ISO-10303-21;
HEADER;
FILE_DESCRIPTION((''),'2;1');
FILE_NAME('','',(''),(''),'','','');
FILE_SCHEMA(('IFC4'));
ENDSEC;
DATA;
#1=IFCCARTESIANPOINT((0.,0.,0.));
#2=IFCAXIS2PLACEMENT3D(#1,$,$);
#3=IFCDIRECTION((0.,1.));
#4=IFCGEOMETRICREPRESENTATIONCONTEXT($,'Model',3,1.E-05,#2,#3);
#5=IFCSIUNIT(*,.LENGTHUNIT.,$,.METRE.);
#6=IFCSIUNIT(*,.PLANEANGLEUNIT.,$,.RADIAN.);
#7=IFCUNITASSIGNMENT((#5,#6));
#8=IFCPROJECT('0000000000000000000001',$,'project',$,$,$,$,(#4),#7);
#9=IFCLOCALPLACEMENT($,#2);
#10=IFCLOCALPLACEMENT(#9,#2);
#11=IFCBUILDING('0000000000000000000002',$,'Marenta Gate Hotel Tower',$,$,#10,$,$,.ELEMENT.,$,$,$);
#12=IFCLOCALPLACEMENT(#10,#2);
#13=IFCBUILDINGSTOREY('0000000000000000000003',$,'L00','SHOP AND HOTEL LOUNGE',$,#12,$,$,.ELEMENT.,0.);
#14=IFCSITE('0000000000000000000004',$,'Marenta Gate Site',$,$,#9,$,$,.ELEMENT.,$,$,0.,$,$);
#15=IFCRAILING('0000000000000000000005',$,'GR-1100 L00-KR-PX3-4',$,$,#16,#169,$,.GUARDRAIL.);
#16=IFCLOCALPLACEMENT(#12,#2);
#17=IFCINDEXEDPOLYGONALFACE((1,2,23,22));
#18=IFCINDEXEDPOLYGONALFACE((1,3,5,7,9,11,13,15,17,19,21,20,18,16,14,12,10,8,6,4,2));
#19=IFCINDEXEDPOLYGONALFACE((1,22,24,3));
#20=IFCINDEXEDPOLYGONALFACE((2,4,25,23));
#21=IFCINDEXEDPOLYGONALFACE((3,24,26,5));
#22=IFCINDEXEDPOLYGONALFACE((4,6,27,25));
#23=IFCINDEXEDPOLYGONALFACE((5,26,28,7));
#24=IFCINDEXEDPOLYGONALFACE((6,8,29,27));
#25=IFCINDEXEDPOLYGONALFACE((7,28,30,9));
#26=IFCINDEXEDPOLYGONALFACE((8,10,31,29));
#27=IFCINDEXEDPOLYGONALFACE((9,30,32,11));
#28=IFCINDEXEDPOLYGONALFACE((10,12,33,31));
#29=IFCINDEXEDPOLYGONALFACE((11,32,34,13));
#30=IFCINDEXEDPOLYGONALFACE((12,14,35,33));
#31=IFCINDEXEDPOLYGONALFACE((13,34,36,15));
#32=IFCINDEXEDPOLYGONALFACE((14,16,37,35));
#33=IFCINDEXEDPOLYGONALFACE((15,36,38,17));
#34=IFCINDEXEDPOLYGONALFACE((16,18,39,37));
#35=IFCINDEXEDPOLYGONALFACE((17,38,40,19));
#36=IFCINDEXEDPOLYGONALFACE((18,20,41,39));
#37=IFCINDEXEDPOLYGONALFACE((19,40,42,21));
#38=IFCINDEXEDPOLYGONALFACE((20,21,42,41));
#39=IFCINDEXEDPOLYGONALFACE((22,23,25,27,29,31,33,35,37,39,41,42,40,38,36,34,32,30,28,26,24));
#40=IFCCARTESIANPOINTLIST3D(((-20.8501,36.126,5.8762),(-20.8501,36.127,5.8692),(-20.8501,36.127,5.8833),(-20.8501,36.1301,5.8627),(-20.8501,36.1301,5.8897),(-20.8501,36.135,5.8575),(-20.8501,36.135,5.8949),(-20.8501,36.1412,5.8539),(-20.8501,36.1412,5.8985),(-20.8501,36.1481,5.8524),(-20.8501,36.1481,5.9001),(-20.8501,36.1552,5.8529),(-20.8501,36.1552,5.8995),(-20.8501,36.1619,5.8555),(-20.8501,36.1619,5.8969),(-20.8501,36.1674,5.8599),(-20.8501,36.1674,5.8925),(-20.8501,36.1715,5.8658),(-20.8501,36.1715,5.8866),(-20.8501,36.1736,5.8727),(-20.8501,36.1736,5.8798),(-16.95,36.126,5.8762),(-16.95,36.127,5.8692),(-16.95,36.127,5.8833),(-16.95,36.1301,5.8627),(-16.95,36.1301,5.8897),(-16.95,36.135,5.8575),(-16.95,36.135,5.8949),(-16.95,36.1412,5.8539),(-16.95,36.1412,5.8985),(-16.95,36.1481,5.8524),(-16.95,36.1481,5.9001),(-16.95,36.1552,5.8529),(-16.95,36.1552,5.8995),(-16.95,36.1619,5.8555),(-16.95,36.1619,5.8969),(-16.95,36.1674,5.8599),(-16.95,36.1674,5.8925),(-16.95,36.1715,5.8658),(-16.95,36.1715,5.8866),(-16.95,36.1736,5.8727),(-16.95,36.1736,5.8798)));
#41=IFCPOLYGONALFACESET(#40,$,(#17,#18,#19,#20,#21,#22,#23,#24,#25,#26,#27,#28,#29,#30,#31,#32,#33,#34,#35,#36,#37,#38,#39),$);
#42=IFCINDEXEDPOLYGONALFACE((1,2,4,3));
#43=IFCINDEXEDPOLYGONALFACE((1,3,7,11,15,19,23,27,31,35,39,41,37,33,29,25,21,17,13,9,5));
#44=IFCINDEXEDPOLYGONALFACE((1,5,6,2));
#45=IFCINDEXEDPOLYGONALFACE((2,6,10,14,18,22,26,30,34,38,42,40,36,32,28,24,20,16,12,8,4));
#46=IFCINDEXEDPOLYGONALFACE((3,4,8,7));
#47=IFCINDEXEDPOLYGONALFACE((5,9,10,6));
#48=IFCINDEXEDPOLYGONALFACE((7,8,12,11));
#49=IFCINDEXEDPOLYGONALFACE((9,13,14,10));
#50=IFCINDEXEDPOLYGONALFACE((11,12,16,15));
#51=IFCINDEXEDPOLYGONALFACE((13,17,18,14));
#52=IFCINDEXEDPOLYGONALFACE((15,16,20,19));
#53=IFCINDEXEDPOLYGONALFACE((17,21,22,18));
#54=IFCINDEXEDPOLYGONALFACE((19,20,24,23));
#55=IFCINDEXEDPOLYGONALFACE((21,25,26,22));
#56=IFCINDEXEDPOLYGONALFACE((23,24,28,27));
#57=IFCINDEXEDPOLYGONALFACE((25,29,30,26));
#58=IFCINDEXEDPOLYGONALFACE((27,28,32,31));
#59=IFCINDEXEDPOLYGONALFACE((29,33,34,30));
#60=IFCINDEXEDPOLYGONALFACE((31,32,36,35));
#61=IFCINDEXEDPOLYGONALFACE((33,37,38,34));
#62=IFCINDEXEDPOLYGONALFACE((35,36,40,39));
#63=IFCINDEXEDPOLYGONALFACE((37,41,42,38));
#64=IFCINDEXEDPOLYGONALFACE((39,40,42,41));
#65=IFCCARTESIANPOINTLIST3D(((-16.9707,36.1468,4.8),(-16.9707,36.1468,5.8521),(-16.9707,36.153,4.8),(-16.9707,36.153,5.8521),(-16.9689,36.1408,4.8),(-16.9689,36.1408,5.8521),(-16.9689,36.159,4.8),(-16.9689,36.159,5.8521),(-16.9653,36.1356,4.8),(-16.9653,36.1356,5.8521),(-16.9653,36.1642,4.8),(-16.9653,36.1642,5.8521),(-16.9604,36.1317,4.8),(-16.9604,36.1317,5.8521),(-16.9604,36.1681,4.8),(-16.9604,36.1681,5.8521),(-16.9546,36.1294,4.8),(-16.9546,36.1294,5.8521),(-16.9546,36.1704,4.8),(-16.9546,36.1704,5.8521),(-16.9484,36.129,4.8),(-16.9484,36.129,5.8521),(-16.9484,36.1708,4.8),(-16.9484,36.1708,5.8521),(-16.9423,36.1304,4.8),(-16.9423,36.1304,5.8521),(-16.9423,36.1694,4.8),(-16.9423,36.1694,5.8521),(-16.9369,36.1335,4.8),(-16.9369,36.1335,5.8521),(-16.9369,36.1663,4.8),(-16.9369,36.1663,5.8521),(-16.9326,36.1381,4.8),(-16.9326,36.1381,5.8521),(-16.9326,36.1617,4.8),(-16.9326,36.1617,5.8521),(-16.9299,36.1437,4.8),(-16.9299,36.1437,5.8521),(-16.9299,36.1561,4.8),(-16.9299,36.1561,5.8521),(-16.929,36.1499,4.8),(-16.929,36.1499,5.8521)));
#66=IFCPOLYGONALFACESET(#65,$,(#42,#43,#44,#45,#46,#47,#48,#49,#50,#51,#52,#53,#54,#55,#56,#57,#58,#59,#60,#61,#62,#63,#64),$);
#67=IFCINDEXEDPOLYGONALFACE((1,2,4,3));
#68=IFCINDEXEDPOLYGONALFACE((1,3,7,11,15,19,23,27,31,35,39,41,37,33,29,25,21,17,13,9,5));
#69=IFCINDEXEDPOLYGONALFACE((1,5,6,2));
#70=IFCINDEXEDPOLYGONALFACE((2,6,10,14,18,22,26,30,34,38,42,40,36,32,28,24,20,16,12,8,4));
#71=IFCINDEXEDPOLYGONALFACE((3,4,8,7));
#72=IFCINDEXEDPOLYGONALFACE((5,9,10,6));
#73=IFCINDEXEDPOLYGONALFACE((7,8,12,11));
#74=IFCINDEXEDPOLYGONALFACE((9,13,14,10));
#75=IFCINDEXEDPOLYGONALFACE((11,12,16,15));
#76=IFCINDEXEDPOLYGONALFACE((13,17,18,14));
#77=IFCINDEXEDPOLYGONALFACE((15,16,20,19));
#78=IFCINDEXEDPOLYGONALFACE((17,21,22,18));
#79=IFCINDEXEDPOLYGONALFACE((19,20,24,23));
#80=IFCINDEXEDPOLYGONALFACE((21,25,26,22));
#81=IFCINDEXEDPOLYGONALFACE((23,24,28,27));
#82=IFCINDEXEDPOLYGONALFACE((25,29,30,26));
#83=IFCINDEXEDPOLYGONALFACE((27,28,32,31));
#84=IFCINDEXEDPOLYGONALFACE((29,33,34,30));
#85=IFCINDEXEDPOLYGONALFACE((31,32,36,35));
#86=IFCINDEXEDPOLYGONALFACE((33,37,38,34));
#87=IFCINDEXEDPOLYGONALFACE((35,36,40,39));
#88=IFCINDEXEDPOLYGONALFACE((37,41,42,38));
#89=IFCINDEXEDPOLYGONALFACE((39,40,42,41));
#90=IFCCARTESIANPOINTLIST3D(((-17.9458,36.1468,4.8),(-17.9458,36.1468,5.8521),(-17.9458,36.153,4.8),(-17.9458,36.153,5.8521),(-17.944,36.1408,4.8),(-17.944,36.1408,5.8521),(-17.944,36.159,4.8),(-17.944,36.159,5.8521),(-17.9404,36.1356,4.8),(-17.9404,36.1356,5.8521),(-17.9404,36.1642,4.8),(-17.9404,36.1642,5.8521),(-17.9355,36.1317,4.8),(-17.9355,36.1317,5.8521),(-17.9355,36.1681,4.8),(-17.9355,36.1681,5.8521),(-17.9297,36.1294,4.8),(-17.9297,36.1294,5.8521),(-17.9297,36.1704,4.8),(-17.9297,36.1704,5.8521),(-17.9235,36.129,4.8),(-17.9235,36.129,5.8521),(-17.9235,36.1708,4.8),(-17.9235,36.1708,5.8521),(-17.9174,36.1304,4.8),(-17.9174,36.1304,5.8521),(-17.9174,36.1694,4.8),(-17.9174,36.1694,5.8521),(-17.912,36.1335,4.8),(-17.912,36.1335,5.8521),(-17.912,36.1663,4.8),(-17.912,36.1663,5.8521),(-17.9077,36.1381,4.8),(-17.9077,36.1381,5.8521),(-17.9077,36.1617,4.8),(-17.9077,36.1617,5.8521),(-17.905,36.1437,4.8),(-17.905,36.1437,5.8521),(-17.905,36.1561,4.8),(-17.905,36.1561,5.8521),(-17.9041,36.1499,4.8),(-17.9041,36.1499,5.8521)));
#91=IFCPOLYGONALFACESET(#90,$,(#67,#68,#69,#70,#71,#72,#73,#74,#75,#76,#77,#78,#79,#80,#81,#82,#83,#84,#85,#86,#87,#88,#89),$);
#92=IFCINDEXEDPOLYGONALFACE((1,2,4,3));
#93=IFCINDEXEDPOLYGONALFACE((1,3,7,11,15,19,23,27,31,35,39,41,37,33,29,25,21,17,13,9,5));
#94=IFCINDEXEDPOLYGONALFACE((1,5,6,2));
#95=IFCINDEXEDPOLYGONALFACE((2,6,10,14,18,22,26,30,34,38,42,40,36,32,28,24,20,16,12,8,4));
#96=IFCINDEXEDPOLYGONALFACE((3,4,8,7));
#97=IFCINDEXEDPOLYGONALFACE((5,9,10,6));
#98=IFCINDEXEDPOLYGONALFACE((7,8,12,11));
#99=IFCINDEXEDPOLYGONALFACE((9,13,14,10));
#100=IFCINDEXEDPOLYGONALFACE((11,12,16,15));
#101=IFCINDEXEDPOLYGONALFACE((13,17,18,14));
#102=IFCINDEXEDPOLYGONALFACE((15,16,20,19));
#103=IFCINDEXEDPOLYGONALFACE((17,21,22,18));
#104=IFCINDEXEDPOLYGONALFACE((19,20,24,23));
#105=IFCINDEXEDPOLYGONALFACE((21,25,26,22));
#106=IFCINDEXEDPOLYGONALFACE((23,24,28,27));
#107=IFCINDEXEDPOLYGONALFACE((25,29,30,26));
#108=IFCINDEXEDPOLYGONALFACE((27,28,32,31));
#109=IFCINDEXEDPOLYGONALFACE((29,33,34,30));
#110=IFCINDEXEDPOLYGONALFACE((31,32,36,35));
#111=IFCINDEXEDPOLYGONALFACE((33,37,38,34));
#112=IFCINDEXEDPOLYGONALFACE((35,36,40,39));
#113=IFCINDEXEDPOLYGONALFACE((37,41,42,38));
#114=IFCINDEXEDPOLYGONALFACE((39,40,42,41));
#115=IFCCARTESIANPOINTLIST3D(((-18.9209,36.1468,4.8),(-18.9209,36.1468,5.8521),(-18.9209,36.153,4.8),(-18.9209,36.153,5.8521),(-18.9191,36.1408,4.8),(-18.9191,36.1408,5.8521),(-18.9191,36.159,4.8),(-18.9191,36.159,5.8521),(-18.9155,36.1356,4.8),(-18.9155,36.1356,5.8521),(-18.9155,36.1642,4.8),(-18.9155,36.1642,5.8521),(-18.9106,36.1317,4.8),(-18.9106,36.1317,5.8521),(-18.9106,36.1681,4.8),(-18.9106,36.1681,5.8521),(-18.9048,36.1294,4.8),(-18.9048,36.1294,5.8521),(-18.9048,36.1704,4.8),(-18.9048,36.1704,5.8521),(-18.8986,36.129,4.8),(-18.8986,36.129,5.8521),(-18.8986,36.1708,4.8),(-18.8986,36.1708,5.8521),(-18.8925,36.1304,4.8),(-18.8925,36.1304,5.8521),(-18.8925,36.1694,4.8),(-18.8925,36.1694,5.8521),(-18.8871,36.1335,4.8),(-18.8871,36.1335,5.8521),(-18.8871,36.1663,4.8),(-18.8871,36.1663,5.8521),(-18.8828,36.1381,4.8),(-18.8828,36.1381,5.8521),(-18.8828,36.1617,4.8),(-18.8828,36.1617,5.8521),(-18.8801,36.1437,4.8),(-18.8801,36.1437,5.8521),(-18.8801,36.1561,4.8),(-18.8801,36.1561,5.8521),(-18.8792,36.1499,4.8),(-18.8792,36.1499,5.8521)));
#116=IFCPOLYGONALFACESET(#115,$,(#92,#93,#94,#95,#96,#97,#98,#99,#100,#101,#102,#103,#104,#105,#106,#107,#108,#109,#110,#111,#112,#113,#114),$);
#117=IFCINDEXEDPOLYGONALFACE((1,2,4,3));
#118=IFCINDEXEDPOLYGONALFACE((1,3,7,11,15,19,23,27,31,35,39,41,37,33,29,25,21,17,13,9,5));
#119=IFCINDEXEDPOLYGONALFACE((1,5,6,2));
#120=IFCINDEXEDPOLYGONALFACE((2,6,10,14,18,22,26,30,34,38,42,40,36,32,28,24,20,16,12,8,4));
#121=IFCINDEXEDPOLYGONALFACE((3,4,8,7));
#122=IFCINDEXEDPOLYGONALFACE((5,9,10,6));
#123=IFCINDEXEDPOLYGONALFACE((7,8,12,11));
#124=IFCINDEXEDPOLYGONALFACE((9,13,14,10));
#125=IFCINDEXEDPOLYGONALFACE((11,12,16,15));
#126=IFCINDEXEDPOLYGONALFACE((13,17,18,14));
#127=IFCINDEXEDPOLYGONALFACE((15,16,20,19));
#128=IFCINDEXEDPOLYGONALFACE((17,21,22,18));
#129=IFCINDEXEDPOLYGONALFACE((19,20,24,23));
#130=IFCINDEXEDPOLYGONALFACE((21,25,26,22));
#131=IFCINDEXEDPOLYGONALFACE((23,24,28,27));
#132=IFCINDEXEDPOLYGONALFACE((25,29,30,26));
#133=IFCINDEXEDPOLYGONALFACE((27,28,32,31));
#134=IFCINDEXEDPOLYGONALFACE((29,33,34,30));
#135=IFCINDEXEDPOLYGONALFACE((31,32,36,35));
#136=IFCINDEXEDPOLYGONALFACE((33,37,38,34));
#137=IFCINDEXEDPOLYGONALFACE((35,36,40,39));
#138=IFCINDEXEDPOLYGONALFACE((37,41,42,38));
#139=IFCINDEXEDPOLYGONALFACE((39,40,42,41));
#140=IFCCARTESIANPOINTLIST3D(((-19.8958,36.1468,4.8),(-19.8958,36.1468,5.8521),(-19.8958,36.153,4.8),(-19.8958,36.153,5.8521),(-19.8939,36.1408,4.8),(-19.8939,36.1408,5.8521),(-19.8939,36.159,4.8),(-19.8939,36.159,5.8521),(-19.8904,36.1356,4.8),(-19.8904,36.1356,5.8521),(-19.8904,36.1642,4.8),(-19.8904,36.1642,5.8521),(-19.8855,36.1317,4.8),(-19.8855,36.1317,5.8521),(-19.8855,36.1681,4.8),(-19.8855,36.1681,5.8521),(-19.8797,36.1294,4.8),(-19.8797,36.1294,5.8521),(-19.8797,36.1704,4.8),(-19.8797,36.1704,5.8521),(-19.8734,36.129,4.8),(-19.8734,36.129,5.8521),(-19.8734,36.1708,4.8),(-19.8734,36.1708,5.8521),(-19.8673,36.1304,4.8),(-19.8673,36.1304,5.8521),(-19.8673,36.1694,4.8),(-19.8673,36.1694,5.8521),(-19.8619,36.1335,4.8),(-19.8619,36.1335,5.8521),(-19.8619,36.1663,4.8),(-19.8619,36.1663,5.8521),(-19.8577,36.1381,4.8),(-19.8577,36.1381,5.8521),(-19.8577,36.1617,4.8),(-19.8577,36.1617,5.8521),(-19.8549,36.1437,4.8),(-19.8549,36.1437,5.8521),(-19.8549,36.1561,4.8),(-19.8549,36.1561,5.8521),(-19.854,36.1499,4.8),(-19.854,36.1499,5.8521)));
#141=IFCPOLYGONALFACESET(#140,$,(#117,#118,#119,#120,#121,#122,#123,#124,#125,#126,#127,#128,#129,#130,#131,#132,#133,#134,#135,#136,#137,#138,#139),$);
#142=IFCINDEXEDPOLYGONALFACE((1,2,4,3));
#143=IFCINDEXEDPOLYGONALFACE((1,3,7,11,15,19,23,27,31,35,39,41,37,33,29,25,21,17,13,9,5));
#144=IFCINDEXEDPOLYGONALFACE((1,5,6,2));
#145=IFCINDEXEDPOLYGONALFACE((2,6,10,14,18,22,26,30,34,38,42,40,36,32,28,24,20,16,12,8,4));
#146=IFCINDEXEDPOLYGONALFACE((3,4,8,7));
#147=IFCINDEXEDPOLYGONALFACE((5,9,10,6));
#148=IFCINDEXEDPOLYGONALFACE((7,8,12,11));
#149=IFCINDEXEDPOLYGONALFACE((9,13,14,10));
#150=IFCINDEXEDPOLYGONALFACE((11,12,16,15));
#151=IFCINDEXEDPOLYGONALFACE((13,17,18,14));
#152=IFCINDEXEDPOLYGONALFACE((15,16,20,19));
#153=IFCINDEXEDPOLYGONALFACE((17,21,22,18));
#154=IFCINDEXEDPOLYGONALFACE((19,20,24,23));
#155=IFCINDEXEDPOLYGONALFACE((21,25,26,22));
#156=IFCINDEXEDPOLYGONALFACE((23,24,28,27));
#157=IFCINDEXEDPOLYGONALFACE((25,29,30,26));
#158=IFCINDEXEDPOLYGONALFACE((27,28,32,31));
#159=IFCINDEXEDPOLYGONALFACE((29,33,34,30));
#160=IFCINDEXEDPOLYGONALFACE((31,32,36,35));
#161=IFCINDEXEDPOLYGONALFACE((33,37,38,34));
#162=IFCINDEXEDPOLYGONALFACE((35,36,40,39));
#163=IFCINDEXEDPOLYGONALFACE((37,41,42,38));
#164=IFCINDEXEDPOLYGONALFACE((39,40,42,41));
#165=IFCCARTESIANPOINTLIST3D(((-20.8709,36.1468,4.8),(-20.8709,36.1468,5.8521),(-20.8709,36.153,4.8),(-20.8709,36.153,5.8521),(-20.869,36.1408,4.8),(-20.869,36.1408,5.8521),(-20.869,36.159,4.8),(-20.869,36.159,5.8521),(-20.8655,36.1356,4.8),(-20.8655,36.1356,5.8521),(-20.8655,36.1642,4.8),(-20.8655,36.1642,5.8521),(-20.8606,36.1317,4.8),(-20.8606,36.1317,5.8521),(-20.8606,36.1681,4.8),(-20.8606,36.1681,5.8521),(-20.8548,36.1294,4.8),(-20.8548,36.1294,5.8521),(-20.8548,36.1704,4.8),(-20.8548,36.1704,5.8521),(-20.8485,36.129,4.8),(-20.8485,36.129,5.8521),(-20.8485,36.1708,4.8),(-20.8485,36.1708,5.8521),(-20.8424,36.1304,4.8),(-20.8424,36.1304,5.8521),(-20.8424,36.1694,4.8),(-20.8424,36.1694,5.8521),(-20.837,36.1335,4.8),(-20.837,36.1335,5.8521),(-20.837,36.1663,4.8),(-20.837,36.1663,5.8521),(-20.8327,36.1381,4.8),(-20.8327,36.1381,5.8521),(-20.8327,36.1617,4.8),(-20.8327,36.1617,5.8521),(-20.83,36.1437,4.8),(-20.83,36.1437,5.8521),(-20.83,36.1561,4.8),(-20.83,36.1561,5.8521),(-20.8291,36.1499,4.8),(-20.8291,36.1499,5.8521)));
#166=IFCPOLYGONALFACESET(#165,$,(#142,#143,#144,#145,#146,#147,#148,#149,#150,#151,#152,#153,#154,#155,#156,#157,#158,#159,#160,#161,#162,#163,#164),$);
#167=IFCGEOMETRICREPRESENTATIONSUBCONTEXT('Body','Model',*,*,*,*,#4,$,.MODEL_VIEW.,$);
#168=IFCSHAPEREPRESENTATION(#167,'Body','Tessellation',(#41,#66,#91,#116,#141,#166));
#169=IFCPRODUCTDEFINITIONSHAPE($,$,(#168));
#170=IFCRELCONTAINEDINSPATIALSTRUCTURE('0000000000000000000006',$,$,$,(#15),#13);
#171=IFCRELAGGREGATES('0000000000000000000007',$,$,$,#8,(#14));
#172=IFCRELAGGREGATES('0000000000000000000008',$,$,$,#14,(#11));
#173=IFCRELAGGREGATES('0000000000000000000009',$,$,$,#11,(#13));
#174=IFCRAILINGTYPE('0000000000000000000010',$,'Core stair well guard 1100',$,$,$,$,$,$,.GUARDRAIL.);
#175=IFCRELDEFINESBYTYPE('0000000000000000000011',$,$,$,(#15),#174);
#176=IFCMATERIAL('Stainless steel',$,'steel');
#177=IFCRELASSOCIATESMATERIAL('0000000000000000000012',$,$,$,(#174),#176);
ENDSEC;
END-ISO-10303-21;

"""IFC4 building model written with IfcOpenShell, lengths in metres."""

from ifc_helpers import new_model, si_unit, direction, frame, origin, origin_2d, place, context, subcontext, project, spatial, circle, extrude, material, type_object, element, save


model = new_model("IFC4")

# Units and contexts
model_context = context("Model", 3, precision=1e-05, world=origin(), true_north=direction((0.0, 1.0)))
body_context = subcontext(model_context, "Body", "Model", "MODEL_VIEW")
ifc_project = project(units=[si_unit("LENGTHUNIT", "METRE"), si_unit("PLANEANGLEUNIT", "RADIAN")], contexts=[model_context])

# Site, building, storey
site_placement = place(None, origin())
site = spatial("IfcSite", under=ifc_project, at=site_placement, Name="Marenta Gate Site", CompositionType="ELEMENT", RefElevation=0.0)
building_placement = place(site_placement, origin())
building = spatial("IfcBuilding", under=site, at=building_placement, Name="Marenta Gate Hotel Tower", CompositionType="ELEMENT")
storey_placement = place(building_placement, origin())
storey = spatial("IfcBuildingStorey", under=building, at=storey_placement, Name="L00", Description="SHOP AND HOTEL LOUNGE", CompositionType="ELEMENT", Elevation=0.0)

# Railing
ifc_material_1 = material(Name="Stainless steel", Category="steel")
railing_type_1 = type_object("IfcRailingType", Name="Core stair well guard 1100", PredefinedType="GUARDRAIL", material=ifc_material_1)
for number, where, name in (
    (1, (-16.95, 36.1499, 4.8), "GR-1100 L00-KR-PX3-4"),
):
    element("IfcRailing", number, at=place(storey_placement, frame(where)), inside=storey, type_object=railing_type_1, Name=name, PredefinedType="GUARDRAIL", context=body_context, shape_type="SweptSolid", body=[
        extrude(circle(Radius=0.0239, at=origin_2d()), frame((0.0, 0.0, 1.0762), z_axis=(-1.0, 0.0, 0.0), x_axis=(0.0, -1.0, 0.0)), (0.0, 0.0, 1.0), 3.9001),
        extrude(circle(Radius=0.021, at=origin_2d()), origin(), (0.0, 0.0, 1.0), 1.052),
        extrude(circle(Radius=0.021, at=origin_2d()), frame((-0.9751, 0.0, 0.0)), (0.0, 0.0, 1.0), 1.052),
        extrude(circle(Radius=0.021, at=origin_2d()), frame((-1.9502, 0.0, 0.0)), (0.0, 0.0, 1.0), 1.052),
        extrude(circle(Radius=0.021, at=origin_2d()), frame((-2.925, 0.0, 0.0)), (0.0, 0.0, 1.0), 1.052),
        extrude(circle(Radius=0.021, at=origin_2d()), frame((-3.9001, 0.0, 0.0)), (0.0, 0.0, 1.0), 1.052),
    ])

save(model, "model.ifc")
